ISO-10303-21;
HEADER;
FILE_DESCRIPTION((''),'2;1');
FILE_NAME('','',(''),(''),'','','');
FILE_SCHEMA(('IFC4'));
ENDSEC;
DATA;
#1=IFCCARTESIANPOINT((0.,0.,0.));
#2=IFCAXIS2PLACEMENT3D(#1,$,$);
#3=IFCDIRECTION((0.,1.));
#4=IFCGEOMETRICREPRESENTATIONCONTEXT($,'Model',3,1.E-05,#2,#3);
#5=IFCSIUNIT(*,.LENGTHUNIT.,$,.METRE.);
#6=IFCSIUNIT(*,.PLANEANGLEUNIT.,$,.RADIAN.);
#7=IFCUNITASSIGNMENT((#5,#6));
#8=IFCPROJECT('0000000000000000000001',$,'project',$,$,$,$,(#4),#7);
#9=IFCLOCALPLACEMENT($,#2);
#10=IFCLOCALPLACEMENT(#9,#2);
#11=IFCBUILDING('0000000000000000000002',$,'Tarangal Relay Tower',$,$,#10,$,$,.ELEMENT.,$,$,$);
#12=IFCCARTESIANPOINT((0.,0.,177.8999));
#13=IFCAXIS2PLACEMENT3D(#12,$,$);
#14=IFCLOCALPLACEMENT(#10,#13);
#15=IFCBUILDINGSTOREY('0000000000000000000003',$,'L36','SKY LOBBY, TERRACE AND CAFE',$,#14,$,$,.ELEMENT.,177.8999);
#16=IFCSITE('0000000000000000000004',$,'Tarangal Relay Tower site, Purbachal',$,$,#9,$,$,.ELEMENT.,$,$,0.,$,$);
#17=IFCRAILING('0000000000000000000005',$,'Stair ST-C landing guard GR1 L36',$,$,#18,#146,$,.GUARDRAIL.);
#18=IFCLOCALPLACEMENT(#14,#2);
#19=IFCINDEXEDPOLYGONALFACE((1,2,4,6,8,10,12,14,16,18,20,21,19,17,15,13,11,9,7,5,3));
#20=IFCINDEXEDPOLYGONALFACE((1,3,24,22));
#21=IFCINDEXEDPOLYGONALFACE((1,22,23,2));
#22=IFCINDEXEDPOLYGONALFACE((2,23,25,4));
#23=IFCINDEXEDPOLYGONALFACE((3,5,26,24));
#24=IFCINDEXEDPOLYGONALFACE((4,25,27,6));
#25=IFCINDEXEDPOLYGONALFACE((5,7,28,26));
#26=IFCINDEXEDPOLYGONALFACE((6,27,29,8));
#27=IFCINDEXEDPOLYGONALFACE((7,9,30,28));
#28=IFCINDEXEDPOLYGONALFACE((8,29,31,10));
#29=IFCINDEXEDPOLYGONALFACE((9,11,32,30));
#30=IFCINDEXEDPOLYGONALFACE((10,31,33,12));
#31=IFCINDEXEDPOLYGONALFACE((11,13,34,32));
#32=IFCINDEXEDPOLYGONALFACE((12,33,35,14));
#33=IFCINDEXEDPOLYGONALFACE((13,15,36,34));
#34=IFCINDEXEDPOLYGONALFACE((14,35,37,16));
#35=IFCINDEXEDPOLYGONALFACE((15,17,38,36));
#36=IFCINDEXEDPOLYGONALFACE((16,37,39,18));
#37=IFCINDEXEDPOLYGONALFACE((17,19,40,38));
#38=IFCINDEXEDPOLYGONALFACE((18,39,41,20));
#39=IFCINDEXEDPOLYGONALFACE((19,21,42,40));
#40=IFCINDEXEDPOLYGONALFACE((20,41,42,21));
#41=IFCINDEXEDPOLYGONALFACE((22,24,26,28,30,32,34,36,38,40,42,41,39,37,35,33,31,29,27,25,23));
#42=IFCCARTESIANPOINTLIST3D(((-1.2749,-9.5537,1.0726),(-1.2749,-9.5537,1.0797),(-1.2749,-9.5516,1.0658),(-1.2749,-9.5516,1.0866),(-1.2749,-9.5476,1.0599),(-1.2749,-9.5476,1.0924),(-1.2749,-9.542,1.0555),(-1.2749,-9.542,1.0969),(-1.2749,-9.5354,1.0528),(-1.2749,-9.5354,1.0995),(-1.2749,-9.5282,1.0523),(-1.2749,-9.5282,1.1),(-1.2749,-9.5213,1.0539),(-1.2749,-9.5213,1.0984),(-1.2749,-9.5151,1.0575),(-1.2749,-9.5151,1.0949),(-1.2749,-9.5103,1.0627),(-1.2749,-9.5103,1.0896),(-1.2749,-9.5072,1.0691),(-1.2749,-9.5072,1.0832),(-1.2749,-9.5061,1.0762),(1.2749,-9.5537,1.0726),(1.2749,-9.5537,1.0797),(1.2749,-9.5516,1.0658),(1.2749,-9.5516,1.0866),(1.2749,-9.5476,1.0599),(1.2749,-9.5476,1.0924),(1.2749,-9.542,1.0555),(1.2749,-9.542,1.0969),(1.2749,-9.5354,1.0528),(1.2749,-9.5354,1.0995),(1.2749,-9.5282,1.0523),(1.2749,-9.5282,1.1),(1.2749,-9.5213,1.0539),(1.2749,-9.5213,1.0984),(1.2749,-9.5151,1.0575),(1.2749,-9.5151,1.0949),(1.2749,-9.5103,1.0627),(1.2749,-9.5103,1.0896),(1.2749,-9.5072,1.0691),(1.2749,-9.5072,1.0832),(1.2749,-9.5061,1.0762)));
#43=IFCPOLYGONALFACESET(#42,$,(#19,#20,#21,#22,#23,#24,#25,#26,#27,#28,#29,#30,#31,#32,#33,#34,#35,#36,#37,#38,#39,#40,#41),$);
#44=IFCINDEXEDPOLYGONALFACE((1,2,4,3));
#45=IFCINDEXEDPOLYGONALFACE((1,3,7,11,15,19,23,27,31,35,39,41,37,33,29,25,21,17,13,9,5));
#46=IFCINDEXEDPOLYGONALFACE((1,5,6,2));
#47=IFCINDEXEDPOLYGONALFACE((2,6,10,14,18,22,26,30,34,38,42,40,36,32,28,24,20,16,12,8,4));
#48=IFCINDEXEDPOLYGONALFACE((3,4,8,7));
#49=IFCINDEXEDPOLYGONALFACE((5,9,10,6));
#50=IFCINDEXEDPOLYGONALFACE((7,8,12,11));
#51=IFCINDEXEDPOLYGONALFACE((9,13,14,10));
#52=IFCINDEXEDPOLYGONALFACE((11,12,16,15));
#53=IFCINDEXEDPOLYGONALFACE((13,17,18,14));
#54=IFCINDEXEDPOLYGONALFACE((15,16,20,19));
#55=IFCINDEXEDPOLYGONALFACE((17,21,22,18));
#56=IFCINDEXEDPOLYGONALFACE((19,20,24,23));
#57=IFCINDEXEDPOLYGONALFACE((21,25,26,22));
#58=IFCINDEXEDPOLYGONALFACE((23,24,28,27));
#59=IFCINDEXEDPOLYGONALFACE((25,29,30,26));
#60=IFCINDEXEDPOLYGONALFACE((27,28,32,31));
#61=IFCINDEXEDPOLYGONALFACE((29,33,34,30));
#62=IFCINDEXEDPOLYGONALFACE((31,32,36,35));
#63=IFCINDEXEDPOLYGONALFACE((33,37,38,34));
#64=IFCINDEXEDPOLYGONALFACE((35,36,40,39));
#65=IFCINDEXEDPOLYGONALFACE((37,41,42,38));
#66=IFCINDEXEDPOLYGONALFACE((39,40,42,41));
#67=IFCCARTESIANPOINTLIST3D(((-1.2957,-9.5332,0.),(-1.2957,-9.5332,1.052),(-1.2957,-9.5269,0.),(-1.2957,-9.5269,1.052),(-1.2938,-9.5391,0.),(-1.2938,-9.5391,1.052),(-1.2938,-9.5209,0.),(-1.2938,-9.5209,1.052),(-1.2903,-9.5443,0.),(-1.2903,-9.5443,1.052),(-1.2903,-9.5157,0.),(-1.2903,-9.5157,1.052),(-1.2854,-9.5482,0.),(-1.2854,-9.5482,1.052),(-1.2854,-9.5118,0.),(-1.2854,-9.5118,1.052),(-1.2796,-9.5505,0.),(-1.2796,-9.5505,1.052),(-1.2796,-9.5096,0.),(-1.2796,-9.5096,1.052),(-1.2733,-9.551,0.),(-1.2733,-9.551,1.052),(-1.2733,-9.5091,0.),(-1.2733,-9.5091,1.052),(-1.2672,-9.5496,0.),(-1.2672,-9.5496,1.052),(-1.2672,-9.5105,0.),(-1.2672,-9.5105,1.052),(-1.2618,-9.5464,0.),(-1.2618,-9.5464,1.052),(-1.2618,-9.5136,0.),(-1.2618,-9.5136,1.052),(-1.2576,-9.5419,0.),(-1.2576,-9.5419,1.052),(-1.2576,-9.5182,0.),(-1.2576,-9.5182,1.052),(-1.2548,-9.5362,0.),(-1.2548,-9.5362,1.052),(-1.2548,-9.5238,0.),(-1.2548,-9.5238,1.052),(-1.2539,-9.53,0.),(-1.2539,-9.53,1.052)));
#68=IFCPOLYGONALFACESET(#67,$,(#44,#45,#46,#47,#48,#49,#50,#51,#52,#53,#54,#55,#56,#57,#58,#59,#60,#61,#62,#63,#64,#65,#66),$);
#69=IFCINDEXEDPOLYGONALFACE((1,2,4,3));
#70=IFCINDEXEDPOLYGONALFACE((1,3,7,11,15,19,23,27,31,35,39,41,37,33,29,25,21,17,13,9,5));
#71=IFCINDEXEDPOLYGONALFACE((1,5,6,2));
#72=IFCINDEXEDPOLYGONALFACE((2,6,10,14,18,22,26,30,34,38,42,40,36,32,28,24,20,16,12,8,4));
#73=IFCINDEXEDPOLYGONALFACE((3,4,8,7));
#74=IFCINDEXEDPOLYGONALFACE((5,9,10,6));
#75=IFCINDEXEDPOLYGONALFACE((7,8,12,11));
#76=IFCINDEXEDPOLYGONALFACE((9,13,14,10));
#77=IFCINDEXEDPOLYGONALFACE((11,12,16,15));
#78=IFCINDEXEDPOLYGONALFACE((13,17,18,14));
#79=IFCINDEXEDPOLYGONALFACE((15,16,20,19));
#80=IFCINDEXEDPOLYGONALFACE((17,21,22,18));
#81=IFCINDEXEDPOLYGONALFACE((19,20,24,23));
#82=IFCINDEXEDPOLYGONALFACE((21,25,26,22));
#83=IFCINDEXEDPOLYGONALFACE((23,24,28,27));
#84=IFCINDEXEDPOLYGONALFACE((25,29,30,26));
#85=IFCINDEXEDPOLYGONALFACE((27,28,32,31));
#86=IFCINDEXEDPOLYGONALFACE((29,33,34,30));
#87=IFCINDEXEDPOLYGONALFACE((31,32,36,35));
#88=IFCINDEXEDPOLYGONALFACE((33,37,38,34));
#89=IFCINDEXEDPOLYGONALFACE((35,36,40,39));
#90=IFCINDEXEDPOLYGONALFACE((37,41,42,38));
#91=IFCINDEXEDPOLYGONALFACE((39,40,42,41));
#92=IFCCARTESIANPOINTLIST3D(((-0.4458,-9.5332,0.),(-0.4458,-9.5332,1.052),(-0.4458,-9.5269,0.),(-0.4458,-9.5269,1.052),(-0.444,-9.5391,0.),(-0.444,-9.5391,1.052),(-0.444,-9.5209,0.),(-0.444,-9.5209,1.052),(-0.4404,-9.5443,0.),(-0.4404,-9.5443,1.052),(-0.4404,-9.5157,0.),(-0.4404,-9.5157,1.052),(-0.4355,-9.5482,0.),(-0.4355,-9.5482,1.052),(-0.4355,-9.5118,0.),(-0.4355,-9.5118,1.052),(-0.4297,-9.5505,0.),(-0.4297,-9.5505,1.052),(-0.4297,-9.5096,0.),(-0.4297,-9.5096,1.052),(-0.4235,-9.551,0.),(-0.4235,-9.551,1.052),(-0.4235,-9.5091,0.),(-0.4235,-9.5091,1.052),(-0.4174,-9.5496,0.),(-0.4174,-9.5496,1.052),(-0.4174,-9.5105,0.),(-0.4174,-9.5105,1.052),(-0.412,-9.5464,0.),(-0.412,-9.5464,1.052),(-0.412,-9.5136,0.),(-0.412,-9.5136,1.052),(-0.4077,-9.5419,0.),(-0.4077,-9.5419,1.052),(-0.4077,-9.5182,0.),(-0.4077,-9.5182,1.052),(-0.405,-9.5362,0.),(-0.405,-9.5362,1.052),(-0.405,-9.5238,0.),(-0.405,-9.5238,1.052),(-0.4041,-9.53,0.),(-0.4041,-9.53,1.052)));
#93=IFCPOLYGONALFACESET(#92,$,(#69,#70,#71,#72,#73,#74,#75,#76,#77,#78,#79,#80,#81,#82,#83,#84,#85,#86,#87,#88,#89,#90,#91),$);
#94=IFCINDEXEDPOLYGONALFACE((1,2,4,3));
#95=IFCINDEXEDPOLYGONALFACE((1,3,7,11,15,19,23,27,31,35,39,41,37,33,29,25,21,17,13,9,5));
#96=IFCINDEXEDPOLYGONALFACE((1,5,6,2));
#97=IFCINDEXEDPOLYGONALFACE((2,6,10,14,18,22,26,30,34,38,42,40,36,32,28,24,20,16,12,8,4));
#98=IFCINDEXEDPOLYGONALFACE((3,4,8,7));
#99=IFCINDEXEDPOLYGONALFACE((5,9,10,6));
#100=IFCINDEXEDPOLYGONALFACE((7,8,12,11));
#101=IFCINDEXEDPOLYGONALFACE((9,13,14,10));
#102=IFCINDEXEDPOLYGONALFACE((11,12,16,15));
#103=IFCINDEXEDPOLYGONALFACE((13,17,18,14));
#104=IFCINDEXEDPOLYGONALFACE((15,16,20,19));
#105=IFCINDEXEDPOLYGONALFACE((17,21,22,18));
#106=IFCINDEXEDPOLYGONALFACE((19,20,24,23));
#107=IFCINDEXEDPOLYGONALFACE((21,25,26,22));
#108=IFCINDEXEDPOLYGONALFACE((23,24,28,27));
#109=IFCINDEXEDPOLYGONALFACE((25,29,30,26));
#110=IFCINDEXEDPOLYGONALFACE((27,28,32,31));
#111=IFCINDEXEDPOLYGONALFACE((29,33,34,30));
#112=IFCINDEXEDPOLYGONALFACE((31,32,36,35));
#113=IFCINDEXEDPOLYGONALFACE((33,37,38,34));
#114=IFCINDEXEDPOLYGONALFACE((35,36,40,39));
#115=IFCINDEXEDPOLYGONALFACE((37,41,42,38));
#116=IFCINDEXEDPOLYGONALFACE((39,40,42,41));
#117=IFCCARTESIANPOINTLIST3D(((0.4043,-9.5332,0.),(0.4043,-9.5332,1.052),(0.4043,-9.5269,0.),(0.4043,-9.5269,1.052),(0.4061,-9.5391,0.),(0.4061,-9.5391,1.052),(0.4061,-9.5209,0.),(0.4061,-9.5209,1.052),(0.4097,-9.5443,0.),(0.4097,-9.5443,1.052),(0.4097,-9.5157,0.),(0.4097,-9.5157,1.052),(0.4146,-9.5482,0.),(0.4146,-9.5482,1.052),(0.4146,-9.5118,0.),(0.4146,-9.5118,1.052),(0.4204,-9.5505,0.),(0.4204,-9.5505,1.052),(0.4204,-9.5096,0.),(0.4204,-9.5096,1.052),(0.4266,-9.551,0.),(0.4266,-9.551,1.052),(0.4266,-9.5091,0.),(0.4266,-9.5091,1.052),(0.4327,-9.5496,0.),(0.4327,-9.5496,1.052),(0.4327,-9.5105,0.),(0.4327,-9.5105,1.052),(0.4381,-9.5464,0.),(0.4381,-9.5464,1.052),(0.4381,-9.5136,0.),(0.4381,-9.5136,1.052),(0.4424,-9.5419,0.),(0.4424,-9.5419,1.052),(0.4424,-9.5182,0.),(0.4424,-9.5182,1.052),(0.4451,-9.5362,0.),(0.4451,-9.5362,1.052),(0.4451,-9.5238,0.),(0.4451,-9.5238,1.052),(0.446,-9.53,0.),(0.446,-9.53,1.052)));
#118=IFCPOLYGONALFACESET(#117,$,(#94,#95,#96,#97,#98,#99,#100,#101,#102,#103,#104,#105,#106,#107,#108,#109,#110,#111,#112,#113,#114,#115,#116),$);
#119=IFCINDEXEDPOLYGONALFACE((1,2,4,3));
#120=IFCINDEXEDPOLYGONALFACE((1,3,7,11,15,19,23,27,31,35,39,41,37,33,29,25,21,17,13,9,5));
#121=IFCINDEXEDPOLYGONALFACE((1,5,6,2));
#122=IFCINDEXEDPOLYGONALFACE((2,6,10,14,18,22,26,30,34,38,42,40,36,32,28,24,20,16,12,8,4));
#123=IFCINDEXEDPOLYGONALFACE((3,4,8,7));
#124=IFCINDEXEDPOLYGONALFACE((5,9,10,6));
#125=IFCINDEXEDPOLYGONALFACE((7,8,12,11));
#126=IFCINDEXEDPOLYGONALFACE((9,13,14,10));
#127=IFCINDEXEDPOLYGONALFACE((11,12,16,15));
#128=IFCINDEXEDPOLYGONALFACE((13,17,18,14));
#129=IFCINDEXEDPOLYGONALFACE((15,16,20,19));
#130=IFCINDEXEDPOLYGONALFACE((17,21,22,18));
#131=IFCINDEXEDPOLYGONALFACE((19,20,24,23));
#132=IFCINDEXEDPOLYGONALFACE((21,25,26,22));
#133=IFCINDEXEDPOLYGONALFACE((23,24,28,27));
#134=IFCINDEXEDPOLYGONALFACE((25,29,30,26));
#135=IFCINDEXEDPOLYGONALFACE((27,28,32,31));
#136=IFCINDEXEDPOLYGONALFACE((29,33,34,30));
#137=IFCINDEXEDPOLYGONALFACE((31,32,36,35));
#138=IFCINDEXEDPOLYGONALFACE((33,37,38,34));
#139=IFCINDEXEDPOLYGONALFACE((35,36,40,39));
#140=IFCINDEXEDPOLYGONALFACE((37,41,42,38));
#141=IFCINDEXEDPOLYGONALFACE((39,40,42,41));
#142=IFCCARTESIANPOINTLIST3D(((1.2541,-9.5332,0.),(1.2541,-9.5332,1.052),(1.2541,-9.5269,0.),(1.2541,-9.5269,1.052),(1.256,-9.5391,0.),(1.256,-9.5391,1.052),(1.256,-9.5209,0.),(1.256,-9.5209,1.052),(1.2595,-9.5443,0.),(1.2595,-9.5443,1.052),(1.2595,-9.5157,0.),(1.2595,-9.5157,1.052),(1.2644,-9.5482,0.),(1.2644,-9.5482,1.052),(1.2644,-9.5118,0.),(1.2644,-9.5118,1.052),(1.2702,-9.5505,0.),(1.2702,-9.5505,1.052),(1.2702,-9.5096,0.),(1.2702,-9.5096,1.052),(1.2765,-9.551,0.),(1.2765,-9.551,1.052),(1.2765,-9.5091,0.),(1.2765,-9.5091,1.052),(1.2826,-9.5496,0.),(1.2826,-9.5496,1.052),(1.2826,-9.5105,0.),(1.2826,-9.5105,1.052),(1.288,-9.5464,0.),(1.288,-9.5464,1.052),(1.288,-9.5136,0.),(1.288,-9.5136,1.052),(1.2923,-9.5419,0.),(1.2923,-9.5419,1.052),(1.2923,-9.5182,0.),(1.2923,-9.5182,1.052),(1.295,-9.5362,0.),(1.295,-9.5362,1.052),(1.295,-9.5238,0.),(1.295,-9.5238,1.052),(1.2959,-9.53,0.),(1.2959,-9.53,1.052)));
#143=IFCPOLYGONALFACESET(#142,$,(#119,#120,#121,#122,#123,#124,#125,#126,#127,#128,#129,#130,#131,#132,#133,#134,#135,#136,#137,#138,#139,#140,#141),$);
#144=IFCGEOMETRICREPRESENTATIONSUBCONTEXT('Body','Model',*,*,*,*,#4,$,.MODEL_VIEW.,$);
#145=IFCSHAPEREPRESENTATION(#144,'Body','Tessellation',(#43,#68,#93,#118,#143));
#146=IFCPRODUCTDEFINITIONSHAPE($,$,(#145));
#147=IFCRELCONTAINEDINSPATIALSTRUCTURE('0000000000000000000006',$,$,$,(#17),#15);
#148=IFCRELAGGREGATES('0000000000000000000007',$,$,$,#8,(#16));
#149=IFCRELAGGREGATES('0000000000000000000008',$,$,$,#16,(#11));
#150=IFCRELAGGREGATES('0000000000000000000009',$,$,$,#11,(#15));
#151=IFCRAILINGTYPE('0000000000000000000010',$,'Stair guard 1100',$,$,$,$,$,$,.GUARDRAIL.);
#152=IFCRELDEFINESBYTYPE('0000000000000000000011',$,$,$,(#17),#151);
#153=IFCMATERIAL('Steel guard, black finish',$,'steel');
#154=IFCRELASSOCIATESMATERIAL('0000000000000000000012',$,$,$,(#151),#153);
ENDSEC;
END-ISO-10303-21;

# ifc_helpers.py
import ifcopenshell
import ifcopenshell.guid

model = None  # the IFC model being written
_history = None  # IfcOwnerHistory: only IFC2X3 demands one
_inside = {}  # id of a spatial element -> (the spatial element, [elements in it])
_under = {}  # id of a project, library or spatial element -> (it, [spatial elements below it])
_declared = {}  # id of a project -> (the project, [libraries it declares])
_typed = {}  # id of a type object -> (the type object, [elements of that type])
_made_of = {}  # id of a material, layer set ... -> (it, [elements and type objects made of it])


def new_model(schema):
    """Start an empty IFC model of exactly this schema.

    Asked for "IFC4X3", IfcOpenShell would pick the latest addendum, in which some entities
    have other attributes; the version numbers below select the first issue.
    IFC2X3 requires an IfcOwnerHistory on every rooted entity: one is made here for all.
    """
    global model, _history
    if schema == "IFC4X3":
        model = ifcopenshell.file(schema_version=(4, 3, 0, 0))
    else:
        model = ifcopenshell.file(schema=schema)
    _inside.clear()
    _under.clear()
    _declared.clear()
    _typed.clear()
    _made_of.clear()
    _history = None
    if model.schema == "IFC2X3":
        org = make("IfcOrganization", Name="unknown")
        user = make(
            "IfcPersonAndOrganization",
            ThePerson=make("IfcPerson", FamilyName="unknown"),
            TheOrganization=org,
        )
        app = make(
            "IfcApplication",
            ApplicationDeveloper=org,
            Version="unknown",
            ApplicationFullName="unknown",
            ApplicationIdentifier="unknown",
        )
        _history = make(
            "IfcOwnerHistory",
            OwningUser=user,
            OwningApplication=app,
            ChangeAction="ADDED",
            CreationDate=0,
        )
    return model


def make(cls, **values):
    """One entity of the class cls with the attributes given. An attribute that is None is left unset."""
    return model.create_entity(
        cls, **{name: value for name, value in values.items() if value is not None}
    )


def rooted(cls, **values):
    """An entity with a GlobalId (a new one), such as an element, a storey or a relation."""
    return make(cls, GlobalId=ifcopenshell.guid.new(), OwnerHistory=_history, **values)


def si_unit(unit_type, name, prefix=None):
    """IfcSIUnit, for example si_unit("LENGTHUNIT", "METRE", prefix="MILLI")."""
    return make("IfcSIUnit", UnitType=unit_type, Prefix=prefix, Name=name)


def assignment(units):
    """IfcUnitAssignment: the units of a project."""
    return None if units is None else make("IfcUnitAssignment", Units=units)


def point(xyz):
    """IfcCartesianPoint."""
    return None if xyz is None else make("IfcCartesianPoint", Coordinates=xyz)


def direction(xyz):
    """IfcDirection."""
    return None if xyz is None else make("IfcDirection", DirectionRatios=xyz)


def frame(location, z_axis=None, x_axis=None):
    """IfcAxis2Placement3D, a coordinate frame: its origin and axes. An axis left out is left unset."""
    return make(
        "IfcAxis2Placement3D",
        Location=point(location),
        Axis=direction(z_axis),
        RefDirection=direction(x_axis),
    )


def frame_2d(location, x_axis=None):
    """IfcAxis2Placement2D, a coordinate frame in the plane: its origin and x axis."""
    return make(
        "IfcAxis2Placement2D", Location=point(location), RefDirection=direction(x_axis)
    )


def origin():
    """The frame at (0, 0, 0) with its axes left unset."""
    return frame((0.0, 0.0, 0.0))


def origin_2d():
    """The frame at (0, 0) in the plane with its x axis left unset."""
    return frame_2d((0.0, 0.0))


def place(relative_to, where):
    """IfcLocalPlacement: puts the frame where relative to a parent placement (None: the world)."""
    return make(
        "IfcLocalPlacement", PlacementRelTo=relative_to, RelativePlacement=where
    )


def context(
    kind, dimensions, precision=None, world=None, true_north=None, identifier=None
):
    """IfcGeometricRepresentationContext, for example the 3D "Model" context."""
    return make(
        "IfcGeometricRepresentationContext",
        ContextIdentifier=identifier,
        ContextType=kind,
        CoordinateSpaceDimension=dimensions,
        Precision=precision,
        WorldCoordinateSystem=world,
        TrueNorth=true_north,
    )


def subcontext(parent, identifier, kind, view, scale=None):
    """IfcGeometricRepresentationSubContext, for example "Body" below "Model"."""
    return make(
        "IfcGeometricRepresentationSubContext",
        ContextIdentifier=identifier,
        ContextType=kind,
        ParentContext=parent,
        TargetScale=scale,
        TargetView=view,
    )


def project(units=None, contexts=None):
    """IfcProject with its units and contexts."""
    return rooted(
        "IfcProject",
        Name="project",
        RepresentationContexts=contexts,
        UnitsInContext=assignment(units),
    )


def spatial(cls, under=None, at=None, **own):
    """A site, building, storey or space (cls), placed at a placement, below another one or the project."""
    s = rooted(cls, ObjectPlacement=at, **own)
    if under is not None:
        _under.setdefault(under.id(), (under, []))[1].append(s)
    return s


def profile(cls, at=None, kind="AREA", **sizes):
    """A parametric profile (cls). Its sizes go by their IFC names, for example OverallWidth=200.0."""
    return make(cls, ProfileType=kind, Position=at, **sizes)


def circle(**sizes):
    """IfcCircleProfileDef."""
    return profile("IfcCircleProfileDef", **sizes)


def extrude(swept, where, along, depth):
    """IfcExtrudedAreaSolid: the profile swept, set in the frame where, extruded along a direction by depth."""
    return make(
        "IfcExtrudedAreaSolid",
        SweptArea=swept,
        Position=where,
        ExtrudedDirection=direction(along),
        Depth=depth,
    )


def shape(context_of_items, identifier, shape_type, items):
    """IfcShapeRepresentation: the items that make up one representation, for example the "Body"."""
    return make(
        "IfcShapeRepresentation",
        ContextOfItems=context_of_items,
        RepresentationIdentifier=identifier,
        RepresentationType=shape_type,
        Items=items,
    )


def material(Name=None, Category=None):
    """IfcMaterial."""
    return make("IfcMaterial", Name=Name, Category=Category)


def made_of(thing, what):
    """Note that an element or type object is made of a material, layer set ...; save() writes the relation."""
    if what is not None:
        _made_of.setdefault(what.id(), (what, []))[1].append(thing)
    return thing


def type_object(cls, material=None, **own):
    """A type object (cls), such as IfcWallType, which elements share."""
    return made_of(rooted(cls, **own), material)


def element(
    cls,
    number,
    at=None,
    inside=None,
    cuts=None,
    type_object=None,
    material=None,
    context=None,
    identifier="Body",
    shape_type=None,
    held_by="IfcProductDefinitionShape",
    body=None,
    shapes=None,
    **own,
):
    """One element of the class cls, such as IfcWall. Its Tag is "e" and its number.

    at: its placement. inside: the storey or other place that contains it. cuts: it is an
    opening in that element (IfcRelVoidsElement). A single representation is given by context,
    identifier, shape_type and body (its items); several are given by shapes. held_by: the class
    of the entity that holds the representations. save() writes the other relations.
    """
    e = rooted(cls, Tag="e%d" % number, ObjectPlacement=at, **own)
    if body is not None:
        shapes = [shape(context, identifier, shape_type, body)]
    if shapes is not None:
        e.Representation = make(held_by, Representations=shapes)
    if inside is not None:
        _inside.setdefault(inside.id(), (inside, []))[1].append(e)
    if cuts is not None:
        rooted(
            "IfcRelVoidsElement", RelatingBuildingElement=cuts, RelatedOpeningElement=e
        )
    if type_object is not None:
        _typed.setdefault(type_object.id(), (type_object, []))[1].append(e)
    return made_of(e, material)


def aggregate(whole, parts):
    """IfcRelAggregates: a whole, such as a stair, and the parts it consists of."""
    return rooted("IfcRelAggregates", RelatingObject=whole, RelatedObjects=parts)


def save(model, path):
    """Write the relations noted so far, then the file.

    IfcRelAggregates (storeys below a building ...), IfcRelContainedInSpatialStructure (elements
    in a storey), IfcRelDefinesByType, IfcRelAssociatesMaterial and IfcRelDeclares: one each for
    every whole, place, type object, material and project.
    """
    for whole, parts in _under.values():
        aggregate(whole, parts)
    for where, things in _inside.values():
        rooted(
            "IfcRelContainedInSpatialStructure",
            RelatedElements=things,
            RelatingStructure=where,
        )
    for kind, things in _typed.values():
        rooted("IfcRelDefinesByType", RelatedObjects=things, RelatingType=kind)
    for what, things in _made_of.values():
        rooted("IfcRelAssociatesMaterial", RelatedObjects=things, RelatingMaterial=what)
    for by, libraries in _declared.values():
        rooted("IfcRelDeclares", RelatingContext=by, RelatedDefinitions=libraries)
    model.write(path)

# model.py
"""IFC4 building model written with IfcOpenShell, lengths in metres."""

from ifc_helpers import new_model, si_unit, direction, frame, origin, origin_2d, place, context, subcontext, project, spatial, circle, extrude, material, type_object, element, save


model = new_model("IFC4")

# Units and contexts
model_context = context("Model", 3, precision=1e-05, world=origin(), true_north=direction((0.0, 1.0)))
body_context = subcontext(model_context, "Body", "Model", "MODEL_VIEW")
ifc_project = project(units=[si_unit("LENGTHUNIT", "METRE"), si_unit("PLANEANGLEUNIT", "RADIAN")], contexts=[model_context])

# Site, building, storey
site_placement = place(None, origin())
site = spatial("IfcSite", under=ifc_project, at=site_placement, Name="Tarangal Relay Tower site, Purbachal", CompositionType="ELEMENT", RefElevation=0.0)
building_placement = place(site_placement, origin())
building = spatial("IfcBuilding", under=site, at=building_placement, Name="Tarangal Relay Tower", CompositionType="ELEMENT")
storey_placement = place(building_placement, frame((0.0, 0.0, 177.8999)))
storey = spatial("IfcBuildingStorey", under=building, at=storey_placement, Name="L36", Description="SKY LOBBY, TERRACE AND CAFE", CompositionType="ELEMENT", Elevation=177.8999)

# Railing
ifc_material_1 = material(Name="Steel guard, black finish", Category="steel")
railing_type_1 = type_object("IfcRailingType", Name="Stair guard 1100", PredefinedType="GUARDRAIL", material=ifc_material_1)
railing_1_placement = place(storey_placement, frame((-1.2749, -9.53, 0.0)))
element("IfcRailing", 1, at=railing_1_placement, inside=storey, type_object=railing_type_1, Name="Stair ST-C landing guard GR1 L36", PredefinedType="GUARDRAIL", context=body_context, shape_type="SweptSolid", body=[
    extrude(circle(Radius=0.0239, at=origin_2d()), frame((0.0, 0.0, 1.0762), z_axis=(1.0, 0.0, 0.0), x_axis=(0.0, 1.0, 0.0)), (0.0, 0.0, 1.0), 2.5498),
    extrude(circle(Radius=0.021, at=origin_2d()), origin(), (0.0, 0.0, 1.0), 1.052),
    extrude(circle(Radius=0.021, at=origin_2d()), frame((0.8499, 0.0, 0.0)), (0.0, 0.0, 1.0), 1.052),
    extrude(circle(Radius=0.021, at=origin_2d()), frame((1.7, 0.0, 0.0)), (0.0, 0.0, 1.0), 1.052),
    extrude(circle(Radius=0.021, at=origin_2d()), frame((2.5498, 0.0, 0.0)), (0.0, 0.0, 1.0), 1.052),
])

save(model, "model.ifc")
